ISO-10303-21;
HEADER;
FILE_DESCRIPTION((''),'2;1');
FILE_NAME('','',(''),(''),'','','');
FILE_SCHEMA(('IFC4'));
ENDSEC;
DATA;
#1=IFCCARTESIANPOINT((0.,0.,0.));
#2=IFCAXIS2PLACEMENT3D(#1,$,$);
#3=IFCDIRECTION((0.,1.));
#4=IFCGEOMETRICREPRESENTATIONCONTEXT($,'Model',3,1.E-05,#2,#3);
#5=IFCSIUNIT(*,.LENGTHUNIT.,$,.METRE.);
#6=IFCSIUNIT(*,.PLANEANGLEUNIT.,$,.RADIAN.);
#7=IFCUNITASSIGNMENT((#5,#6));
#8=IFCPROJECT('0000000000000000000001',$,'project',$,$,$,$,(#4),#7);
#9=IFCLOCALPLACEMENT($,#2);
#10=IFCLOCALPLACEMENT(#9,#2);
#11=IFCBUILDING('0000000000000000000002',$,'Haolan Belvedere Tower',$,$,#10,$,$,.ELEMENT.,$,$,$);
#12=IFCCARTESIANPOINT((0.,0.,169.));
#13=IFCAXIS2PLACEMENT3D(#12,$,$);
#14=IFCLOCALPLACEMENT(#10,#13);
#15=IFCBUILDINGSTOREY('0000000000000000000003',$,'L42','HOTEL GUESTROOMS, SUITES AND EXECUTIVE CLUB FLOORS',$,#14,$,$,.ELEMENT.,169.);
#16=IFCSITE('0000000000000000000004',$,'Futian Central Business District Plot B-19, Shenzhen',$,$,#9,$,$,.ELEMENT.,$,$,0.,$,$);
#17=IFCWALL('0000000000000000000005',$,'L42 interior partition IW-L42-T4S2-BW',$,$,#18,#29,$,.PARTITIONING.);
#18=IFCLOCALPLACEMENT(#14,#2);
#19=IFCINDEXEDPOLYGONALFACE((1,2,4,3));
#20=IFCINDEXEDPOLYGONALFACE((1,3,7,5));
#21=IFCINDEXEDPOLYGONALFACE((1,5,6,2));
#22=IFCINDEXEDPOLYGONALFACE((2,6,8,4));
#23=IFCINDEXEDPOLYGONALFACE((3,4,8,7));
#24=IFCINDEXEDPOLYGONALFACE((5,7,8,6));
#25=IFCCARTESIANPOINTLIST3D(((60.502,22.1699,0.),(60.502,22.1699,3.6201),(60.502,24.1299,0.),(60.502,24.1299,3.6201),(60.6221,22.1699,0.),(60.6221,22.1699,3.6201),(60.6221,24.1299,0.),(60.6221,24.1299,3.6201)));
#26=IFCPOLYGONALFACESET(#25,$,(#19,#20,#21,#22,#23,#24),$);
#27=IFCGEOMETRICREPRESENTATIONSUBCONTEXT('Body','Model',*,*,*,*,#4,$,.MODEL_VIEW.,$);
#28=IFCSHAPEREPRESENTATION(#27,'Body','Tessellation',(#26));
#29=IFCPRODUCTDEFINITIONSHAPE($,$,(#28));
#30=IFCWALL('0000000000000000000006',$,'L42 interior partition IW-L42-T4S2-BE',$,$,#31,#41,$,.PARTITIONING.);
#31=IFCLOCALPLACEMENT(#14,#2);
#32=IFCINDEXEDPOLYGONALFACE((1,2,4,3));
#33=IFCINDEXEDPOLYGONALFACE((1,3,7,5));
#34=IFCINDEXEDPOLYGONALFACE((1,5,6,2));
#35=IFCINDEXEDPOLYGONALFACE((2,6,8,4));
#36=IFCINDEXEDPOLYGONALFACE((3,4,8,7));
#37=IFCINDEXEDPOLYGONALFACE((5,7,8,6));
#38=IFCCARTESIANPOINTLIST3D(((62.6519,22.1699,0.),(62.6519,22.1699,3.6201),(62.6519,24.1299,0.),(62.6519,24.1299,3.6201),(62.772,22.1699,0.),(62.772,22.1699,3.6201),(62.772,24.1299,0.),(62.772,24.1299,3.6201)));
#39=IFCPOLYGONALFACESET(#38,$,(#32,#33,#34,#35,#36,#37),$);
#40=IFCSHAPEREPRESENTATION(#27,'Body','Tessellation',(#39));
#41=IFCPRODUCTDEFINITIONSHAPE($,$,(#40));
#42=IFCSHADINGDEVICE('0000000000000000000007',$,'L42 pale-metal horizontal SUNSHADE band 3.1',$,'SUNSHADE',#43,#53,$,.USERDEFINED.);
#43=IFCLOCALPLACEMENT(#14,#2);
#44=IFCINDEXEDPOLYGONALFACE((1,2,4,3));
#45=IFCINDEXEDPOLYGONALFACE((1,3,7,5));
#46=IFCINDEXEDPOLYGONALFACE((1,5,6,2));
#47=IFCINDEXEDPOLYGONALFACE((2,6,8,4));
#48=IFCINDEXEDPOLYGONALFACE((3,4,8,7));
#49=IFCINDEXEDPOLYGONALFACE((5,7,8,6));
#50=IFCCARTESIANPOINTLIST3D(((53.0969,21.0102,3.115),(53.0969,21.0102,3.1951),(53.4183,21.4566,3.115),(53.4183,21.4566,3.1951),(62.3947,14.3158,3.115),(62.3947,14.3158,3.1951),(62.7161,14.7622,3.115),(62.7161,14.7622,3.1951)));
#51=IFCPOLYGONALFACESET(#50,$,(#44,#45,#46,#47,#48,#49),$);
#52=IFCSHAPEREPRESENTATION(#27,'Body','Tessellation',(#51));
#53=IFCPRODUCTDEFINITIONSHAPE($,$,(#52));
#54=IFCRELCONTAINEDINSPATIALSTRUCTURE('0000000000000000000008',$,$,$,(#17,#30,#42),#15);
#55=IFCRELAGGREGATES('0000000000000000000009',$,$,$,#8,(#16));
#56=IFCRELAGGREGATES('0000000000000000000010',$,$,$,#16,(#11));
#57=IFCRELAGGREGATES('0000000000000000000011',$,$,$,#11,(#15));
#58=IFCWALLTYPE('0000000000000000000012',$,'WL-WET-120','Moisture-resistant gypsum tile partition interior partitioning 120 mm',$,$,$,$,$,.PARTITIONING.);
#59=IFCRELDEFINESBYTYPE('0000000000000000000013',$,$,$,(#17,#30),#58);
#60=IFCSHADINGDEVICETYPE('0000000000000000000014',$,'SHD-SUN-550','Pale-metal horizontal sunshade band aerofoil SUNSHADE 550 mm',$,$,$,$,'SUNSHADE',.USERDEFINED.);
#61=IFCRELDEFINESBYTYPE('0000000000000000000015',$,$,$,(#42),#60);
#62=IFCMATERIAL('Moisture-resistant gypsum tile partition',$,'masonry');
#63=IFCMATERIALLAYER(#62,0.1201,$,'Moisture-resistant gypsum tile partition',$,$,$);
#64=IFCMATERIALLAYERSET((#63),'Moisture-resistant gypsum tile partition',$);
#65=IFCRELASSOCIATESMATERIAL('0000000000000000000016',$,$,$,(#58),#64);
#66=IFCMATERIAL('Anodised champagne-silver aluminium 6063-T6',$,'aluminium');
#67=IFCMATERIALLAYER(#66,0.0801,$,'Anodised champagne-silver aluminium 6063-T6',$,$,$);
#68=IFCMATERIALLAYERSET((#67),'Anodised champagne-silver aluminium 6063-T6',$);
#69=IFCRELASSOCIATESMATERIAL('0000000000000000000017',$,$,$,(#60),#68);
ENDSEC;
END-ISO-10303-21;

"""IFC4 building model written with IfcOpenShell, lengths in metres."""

from ifc_helpers import new_model, si_unit, direction, frame, frame_2d, origin, origin_2d, place, context, subcontext, project, spatial, rectangle, extrude, material, layer, layer_set, type_object, element, save


model = new_model("IFC4")

# Units and contexts
model_context = context("Model", 3, precision=1e-05, world=origin(), true_north=direction((0.0, 1.0)))
body_context = subcontext(model_context, "Body", "Model", "MODEL_VIEW")
ifc_project = project(units=[si_unit("LENGTHUNIT", "METRE"), si_unit("PLANEANGLEUNIT", "RADIAN")], contexts=[model_context])

# Site, building, storey
site_placement = place(None, origin())
site = spatial("IfcSite", under=ifc_project, at=site_placement, Name="Futian Central Business District Plot B-19, Shenzhen", CompositionType="ELEMENT", RefElevation=0.0)
building_placement = place(site_placement, origin())
building = spatial("IfcBuilding", under=site, at=building_placement, Name="Haolan Belvedere Tower", CompositionType="ELEMENT")
storey_placement = place(building_placement, frame((0.0, 0.0, 169.0)))
storey = spatial("IfcBuildingStorey", under=building, at=storey_placement, Name="L42", Description="HOTEL GUESTROOMS, SUITES AND EXECUTIVE CLUB FLOORS", CompositionType="ELEMENT", Elevation=169.0)

# Shared definitions
ifc_material_1 = material(Name="Moisture-resistant gypsum tile partition", Category="masonry")
ifc_layer_1 = layer(ifc_material_1, 0.1201, Name="Moisture-resistant gypsum tile partition")
ifc_layer_set_1 = layer_set([ifc_layer_1], Name="Moisture-resistant gypsum tile partition")
wall_type_1 = type_object("IfcWallType", Name="WL-WET-120", Description="Moisture-resistant gypsum tile partition interior partitioning 120 mm", PredefinedType="PARTITIONING", material=ifc_layer_set_1)

# Walls
for number, where, z_axis, x_axis, name in (
    (1, (60.562, 22.1699, 0.0), (0.0, 0.0, 1.0), (0.0, 1.0, 0.0), "L42 interior partition IW-L42-T4S2-BW"),
    (2, (62.7119, 22.1699, 0.0), (0.0, 0.0, 1.0), (0.0, 1.0, 0.0), "L42 interior partition IW-L42-T4S2-BE"),
):
    element("IfcWall", number, at=place(storey_placement, frame(where, z_axis=z_axis, x_axis=x_axis)), inside=storey, type_object=wall_type_1, Name=name, PredefinedType="PARTITIONING", context=body_context, shape_type="SweptSolid", body=[
        extrude(rectangle(XDim=1.96, YDim=0.1201, at=frame_2d((0.98, 0.0))), origin(), (0.0, 0.0, 1.0), 3.6201),
    ])

# Shading device
ifc_material_2 = material(Name="Anodised champagne-silver aluminium 6063-T6", Category="aluminium")
ifc_layer_2 = layer(ifc_material_2, 0.0801, Name="Anodised champagne-silver aluminium 6063-T6")
ifc_layer_set_2 = layer_set([ifc_layer_2], Name="Anodised champagne-silver aluminium 6063-T6")
shading_device_type = type_object("IfcShadingDeviceType", Name="SHD-SUN-550", Description="Pale-metal horizontal sunshade band aerofoil SUNSHADE 550 mm", ElementType="SUNSHADE", PredefinedType="USERDEFINED", material=ifc_layer_set_2)
shading_device_placement = place(storey_placement, frame((57.9065, 17.8862, 3.115), z_axis=(0.0, 0.0, 1.0), x_axis=(0.811533, -0.584306, 0.0)))
element("IfcShadingDevice", 3, at=shading_device_placement, inside=storey, type_object=shading_device_type, Name="L42 pale-metal horizontal SUNSHADE band 3.1", ObjectType="SUNSHADE", PredefinedType="USERDEFINED", context=body_context, shape_type="SweptSolid", body=[
    extrude(rectangle(XDim=11.457, YDim=0.55, at=origin_2d()), origin(), (0.0, 0.0, 1.0), 0.0801),
])

save(model, "model.ifc")
